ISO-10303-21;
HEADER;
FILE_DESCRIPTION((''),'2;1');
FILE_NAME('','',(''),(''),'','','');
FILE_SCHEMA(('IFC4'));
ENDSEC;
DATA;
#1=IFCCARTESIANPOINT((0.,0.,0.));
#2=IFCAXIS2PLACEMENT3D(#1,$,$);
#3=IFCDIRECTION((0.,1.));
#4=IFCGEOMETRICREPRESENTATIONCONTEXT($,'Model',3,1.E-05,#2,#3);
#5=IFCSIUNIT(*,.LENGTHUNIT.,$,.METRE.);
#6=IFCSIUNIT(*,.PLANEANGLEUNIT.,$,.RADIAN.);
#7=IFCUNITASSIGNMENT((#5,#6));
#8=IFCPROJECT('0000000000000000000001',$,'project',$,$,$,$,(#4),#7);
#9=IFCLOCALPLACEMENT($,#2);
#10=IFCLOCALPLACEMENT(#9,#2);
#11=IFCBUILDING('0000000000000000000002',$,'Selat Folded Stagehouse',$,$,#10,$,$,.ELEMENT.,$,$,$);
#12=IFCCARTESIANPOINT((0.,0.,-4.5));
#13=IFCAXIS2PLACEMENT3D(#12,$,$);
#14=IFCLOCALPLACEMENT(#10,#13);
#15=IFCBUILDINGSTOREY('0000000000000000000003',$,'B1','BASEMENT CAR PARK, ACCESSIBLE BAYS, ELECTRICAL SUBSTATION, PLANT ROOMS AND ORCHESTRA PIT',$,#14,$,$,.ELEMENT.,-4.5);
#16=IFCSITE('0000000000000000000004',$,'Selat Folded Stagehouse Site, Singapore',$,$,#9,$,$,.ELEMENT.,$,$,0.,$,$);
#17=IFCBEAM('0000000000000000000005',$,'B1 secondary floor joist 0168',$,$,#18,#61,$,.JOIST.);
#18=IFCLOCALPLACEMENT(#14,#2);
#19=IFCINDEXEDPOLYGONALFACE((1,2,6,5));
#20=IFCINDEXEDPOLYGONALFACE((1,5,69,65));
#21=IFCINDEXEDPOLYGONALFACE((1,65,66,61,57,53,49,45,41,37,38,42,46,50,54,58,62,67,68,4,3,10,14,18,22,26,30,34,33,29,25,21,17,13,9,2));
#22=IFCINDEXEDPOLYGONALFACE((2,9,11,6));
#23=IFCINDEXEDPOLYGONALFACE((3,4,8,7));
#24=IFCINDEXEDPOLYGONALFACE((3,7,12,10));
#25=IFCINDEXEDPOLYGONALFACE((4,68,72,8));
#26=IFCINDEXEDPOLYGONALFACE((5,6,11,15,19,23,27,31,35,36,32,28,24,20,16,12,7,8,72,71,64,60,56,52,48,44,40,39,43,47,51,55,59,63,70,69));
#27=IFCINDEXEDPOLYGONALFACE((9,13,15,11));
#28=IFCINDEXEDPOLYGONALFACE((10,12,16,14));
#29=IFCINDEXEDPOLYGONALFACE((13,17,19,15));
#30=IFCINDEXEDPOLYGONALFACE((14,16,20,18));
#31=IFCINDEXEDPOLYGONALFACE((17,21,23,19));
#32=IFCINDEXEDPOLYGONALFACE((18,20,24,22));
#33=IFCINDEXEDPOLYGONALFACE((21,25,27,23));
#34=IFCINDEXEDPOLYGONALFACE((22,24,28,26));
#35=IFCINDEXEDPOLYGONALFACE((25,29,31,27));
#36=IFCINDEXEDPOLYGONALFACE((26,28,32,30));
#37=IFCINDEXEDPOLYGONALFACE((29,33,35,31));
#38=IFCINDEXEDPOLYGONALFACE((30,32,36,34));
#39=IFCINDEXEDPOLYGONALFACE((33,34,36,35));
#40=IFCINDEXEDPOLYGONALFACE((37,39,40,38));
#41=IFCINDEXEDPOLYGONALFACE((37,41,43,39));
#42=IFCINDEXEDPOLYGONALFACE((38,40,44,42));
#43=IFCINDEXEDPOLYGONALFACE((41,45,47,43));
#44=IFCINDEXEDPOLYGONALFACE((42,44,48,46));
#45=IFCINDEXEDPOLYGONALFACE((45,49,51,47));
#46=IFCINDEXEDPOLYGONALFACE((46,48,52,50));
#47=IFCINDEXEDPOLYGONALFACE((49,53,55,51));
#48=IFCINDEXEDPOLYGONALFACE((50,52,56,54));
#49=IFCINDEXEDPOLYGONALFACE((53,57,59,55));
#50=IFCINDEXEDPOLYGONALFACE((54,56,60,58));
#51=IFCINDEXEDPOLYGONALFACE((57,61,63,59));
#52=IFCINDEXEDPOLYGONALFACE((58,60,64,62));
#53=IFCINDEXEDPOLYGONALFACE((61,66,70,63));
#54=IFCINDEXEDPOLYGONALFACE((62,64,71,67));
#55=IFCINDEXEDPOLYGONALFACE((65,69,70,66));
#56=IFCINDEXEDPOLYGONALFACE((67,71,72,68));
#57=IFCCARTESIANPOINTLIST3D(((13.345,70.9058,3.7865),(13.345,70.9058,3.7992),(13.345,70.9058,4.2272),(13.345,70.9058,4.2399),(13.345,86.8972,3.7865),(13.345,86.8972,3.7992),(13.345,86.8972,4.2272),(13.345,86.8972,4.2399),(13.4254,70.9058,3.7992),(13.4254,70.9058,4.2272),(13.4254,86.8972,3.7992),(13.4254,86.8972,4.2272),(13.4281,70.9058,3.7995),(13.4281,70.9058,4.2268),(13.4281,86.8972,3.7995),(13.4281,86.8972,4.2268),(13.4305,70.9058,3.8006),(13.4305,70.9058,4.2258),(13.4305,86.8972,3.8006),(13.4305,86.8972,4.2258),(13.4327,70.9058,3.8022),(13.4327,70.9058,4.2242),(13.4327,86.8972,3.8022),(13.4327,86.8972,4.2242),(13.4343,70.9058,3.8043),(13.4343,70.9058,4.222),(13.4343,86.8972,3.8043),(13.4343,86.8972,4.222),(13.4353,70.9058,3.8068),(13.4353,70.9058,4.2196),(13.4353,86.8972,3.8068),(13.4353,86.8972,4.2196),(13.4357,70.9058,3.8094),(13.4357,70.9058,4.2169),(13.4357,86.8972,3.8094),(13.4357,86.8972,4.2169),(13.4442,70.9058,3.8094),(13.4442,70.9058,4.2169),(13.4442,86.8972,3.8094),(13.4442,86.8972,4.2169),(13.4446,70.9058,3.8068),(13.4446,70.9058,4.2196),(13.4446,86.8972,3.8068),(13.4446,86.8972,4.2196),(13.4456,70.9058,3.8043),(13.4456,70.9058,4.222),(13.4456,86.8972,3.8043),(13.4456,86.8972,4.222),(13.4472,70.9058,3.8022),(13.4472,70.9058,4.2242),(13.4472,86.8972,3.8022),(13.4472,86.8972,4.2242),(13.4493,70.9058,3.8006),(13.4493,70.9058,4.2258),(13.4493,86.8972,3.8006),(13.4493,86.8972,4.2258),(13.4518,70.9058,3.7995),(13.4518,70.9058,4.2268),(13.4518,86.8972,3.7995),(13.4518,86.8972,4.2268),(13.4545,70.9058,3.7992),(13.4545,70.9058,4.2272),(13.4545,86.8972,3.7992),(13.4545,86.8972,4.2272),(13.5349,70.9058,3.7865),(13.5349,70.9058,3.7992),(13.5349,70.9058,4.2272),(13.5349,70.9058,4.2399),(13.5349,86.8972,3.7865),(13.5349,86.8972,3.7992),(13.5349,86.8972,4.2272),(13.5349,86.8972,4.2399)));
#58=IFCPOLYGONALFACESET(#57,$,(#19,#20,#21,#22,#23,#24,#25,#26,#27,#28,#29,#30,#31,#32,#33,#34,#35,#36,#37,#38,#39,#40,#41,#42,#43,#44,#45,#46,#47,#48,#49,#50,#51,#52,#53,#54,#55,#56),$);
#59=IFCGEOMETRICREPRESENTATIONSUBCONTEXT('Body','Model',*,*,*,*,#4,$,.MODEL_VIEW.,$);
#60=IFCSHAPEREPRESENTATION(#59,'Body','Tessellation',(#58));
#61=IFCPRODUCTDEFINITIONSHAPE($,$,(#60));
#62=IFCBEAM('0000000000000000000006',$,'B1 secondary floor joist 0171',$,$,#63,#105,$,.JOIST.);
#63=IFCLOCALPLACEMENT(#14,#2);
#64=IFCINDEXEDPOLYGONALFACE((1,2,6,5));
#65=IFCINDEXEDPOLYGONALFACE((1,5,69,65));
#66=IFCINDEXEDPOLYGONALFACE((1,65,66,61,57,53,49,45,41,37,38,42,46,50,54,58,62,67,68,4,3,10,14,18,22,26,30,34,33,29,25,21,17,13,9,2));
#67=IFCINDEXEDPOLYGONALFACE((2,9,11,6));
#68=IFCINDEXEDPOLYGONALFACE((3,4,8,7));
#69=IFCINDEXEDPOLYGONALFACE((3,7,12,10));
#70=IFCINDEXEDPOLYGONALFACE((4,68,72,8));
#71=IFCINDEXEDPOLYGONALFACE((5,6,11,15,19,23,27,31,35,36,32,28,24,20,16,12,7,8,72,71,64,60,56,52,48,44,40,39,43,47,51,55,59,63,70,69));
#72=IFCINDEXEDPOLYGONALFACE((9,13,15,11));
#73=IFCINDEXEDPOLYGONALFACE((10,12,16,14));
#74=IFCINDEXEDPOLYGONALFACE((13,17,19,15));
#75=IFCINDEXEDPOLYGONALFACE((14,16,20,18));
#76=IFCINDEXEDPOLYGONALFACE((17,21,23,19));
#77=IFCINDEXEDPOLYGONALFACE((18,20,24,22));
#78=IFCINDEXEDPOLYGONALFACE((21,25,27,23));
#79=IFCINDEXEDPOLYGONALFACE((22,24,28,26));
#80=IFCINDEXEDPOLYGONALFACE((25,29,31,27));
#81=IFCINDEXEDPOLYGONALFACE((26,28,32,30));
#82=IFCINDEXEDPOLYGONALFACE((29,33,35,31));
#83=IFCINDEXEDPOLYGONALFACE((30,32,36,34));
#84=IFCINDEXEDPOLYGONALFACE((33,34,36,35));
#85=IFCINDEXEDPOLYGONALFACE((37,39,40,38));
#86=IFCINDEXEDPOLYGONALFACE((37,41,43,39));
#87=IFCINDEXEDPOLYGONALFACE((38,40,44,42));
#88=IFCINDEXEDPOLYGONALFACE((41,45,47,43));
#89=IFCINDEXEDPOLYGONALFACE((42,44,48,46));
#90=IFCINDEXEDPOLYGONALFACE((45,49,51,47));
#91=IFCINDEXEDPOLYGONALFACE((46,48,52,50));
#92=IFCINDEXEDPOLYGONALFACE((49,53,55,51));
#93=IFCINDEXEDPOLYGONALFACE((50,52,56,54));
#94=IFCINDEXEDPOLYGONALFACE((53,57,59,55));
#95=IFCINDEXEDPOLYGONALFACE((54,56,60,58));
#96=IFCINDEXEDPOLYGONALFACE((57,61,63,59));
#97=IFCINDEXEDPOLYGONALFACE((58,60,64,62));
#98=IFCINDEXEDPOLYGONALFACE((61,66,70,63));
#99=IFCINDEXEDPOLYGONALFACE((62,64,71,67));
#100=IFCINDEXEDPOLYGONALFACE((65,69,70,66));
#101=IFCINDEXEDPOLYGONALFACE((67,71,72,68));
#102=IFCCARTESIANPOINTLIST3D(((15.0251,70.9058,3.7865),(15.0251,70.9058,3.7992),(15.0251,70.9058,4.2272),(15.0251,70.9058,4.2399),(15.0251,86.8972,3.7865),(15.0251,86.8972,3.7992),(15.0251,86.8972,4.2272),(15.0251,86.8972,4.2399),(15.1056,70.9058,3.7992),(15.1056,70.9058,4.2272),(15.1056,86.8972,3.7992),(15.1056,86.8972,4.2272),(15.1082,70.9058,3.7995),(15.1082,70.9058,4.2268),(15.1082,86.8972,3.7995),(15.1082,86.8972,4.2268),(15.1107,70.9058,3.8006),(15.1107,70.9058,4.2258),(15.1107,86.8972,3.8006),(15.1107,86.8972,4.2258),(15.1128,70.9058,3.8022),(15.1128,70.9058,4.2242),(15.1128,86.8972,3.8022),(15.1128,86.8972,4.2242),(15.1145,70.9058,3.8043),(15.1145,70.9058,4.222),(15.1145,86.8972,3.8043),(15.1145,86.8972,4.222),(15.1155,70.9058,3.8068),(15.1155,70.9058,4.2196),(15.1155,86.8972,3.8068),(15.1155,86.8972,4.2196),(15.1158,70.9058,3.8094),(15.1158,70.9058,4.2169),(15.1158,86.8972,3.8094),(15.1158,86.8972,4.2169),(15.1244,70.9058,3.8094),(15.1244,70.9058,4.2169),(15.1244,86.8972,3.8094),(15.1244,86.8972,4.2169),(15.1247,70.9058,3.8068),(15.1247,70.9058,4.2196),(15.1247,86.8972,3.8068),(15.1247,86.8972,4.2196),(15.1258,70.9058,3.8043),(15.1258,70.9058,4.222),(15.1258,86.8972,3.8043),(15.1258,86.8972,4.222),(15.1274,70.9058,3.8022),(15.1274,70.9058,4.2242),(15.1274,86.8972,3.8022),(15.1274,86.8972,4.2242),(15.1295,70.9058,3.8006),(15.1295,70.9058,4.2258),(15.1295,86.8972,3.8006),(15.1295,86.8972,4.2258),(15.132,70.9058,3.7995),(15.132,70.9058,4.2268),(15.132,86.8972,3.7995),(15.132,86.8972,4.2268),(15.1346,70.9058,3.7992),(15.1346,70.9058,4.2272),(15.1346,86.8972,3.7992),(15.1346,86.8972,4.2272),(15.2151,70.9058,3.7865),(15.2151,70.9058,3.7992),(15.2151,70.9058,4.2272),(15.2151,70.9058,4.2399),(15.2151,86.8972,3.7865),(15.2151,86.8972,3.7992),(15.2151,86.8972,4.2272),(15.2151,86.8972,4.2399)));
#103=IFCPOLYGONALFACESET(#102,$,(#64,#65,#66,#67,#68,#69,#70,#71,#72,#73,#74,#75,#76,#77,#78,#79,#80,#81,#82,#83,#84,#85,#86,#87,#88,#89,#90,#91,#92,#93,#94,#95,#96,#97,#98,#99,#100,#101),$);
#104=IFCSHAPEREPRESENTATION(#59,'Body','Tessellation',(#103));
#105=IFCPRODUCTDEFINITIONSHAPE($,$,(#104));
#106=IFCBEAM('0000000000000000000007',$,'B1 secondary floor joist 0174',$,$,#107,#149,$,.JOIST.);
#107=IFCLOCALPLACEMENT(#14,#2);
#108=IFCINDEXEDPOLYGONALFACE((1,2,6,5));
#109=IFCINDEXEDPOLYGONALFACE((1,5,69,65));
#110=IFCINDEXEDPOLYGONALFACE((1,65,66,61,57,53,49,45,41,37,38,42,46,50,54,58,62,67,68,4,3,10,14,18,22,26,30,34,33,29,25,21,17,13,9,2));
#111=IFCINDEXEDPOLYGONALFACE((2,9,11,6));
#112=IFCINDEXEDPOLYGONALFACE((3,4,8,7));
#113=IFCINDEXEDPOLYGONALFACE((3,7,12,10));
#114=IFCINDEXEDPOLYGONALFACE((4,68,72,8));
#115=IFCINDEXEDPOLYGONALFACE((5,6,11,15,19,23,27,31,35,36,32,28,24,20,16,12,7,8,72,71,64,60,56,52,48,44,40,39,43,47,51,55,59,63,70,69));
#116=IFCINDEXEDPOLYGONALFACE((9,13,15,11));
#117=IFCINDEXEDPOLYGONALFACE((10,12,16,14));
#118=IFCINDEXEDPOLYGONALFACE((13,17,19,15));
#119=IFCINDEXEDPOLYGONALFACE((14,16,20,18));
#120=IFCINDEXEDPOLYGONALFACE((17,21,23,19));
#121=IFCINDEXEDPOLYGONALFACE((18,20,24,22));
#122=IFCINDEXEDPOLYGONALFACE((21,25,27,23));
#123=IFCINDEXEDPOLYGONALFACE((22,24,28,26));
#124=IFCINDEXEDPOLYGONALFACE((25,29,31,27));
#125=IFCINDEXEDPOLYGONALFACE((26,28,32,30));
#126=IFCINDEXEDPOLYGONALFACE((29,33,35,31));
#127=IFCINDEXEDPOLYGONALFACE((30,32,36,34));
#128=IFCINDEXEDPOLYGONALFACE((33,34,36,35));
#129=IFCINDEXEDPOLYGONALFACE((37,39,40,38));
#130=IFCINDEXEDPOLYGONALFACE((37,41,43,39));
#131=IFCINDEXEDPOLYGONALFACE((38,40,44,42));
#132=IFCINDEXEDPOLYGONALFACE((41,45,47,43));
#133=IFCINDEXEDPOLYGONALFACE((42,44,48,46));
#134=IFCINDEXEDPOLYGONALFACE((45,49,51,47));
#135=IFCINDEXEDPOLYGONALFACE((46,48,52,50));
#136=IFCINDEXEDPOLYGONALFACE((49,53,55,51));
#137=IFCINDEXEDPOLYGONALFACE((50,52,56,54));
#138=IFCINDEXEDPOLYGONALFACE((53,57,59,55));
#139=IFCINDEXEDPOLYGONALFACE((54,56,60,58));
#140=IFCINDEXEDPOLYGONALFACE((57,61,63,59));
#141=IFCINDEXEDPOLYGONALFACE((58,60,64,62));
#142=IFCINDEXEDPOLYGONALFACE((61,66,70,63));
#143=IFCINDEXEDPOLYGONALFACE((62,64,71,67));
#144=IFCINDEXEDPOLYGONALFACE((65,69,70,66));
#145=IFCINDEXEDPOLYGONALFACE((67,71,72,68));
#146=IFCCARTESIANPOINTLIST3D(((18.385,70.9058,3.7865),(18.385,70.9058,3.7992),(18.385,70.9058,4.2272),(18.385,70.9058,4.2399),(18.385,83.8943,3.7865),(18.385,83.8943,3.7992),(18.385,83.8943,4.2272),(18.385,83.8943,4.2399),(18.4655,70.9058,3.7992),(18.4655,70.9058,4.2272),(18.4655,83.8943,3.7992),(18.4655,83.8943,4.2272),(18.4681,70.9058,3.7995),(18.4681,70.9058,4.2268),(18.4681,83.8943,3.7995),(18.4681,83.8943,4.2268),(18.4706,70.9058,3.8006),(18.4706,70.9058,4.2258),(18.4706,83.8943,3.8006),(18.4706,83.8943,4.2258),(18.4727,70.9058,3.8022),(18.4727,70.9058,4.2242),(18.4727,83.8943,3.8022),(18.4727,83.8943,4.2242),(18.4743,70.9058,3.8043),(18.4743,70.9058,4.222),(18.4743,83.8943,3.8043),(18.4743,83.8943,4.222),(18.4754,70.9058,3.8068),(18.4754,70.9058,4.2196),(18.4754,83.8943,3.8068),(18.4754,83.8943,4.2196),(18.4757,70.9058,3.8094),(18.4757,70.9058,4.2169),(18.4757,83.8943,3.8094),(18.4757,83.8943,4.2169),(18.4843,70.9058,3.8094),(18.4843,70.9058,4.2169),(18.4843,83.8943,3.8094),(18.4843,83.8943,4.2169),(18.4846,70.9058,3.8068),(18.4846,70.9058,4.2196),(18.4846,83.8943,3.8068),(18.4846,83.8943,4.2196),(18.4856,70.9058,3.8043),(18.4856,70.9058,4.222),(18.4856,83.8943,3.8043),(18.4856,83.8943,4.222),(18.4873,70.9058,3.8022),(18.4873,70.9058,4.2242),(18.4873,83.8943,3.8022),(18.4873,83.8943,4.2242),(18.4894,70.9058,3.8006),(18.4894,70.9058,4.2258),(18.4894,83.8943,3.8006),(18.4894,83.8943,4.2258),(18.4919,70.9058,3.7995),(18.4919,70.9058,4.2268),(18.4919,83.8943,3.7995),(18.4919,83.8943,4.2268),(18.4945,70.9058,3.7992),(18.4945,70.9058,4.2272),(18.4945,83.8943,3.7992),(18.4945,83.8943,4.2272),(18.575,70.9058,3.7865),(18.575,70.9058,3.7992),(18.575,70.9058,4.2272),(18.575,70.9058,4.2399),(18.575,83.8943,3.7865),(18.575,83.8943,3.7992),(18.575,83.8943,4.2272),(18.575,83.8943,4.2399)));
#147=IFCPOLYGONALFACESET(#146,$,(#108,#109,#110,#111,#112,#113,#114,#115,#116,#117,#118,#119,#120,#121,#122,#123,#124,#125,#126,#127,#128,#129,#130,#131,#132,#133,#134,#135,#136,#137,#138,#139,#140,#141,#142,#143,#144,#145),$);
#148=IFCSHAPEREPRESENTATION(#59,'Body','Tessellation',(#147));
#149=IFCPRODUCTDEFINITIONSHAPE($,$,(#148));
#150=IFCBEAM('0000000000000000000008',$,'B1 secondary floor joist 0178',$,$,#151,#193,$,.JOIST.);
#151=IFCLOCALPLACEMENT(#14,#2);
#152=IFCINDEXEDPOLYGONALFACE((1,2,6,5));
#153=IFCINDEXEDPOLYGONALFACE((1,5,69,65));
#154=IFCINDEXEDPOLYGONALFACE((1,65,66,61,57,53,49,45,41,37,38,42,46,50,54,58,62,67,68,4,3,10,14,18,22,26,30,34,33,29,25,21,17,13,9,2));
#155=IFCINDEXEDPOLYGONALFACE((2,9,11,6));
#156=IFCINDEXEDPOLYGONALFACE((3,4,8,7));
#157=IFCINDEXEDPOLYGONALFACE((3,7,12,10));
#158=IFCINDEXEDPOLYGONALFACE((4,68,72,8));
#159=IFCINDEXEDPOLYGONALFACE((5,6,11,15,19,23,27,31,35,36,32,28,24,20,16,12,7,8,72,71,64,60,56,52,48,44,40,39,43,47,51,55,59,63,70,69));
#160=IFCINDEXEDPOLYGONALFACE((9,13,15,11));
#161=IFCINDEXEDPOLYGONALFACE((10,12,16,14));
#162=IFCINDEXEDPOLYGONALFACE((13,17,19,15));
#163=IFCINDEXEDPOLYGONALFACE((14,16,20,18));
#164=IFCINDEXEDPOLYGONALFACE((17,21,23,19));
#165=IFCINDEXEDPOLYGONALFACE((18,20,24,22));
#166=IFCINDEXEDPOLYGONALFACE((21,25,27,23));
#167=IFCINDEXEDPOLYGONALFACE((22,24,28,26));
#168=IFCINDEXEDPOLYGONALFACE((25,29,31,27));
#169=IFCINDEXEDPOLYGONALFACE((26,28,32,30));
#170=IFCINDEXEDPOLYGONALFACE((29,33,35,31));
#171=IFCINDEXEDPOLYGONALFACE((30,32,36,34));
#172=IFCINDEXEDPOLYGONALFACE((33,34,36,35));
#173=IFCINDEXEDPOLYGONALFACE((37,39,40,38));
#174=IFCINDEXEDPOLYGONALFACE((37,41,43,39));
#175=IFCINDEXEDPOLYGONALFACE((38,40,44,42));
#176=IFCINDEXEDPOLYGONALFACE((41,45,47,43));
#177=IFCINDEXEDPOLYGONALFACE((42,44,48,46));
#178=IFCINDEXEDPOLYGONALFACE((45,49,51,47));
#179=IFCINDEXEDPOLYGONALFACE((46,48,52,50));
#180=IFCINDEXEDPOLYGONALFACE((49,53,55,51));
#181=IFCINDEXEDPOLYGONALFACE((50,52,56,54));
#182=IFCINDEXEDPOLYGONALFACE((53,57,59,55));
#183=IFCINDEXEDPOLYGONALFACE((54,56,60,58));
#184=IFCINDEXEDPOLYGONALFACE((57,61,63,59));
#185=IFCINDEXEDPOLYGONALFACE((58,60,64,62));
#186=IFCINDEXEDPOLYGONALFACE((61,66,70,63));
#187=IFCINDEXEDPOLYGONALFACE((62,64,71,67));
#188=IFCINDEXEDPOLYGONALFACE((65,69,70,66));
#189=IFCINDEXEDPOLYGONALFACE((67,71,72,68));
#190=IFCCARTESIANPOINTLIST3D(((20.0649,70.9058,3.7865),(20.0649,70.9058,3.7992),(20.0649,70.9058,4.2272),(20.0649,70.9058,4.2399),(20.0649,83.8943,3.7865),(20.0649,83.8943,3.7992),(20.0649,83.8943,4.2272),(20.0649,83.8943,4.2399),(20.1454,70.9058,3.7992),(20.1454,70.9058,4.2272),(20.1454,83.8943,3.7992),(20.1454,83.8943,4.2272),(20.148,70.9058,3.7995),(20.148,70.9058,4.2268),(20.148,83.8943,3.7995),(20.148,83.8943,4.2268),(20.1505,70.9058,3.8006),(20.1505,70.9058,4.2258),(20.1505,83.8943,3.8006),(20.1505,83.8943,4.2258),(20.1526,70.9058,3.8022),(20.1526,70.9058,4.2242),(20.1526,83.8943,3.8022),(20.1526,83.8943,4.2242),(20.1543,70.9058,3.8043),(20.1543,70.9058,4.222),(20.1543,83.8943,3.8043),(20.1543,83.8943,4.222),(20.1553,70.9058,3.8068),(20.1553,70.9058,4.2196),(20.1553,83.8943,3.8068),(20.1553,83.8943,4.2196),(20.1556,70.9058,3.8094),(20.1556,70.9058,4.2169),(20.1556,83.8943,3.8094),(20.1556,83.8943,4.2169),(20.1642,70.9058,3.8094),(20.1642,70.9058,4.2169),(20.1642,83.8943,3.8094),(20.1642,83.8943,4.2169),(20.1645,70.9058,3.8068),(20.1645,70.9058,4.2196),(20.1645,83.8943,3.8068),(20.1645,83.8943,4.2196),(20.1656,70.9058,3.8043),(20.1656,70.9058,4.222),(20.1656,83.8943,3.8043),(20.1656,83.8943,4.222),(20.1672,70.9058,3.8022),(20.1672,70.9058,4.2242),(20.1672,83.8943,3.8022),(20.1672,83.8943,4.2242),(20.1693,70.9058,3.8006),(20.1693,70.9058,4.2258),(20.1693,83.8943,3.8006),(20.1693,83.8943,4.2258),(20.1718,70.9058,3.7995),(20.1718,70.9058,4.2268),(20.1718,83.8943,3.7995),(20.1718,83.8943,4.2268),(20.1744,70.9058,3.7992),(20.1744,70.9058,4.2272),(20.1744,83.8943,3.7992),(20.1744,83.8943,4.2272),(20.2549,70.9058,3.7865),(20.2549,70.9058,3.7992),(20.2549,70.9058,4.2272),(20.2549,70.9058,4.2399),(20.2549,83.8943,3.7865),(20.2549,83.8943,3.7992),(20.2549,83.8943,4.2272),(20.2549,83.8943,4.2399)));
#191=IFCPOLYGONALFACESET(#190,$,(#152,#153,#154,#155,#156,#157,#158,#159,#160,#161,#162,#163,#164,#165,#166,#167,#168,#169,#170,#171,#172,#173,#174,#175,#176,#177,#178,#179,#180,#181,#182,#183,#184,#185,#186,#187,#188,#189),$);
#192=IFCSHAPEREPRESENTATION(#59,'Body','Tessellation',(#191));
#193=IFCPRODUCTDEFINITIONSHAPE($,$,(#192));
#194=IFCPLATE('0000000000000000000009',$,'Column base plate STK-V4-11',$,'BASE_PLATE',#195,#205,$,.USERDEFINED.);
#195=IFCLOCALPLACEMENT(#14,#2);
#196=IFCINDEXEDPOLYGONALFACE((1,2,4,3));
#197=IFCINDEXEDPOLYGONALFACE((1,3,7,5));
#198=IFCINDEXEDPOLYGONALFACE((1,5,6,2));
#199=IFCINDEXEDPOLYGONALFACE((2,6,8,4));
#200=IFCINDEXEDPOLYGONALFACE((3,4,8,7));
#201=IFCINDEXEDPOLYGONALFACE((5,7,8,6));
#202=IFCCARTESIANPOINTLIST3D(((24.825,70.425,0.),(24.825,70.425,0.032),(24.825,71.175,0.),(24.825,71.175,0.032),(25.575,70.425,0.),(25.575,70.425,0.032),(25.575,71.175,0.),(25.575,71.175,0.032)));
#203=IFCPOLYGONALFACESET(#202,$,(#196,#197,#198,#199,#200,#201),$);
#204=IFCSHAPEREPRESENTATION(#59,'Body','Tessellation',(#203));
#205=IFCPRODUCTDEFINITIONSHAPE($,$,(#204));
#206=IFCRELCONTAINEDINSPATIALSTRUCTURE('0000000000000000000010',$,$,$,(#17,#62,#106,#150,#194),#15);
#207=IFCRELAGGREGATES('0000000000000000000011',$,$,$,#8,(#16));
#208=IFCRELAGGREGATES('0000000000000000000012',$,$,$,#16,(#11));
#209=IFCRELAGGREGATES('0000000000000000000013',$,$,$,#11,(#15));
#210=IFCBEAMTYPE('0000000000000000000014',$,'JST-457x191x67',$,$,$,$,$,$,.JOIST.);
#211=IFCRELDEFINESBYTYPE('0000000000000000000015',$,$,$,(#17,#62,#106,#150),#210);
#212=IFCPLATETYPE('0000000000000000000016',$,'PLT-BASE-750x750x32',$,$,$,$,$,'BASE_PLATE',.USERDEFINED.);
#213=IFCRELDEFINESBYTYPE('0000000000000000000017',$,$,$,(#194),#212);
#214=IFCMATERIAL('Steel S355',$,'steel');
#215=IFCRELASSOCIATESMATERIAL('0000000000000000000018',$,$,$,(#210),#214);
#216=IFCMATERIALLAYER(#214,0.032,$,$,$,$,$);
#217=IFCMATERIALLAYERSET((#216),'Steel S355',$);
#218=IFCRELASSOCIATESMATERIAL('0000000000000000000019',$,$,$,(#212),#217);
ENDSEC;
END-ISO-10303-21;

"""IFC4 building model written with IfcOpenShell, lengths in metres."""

from ifc_helpers import new_model, si_unit, direction, frame, origin, origin_2d, place, context, subcontext, project, spatial, rectangle, i_section, extrude, material, layer, layer_set, material_profile, profile_set, type_object, element, save


model = new_model("IFC4")

# Units and contexts
model_context = context("Model", 3, precision=1e-05, world=origin(), true_north=direction((0.0, 1.0)))
body_context = subcontext(model_context, "Body", "Model", "MODEL_VIEW")
ifc_project = project(units=[si_unit("LENGTHUNIT", "METRE"), si_unit("PLANEANGLEUNIT", "RADIAN")], contexts=[model_context])

# Site, building, storey
site_placement = place(None, origin())
site = spatial("IfcSite", under=ifc_project, at=site_placement, Name="Selat Folded Stagehouse Site, Singapore", CompositionType="ELEMENT", RefElevation=0.0)
building_placement = place(site_placement, origin())
building = spatial("IfcBuilding", under=site, at=building_placement, Name="Selat Folded Stagehouse", CompositionType="ELEMENT")
storey_placement = place(building_placement, frame((0.0, 0.0, -4.5)))
storey = spatial("IfcBuildingStorey", under=building, at=storey_placement, Name="B1", Description="BASEMENT CAR PARK, ACCESSIBLE BAYS, ELECTRICAL SUBSTATION, PLANT ROOMS AND ORCHESTRA PIT", CompositionType="ELEMENT", Elevation=-4.5)

# Shared definitions
ifc_material_1 = material(Name="Steel S355", Category="steel")

# Beams
ifc_material_profile_1 = material_profile(ifc_material_1, i_section(OverallWidth=0.1899, OverallDepth=0.4534, WebThickness=0.0085, FlangeThickness=0.0127, FilletRadius=0.0103, at=origin_2d()), Name="UKB 457x191x67")
ifc_profile_set_1 = profile_set([ifc_material_profile_1], Name="Steel S355")
beam_type_1 = type_object("IfcBeamType", Name="JST-457x191x67", PredefinedType="JOIST", material=ifc_profile_set_1)
for number, where, z_axis, x_axis, name in (
    (1, (13.4399, 70.9058, 4.0132), (0.0, 1.0, 0.0), (-1.0, 0.0, 0.0), "B1 secondary floor joist 0168"),
    (2, (15.1201, 70.9058, 4.0132), (0.0, 1.0, 0.0), (-1.0, 0.0, 0.0), "B1 secondary floor joist 0171"),
):
    element("IfcBeam", number, at=place(storey_placement, frame(where, z_axis=z_axis, x_axis=x_axis)), inside=storey, type_object=beam_type_1, Name=name, PredefinedType="JOIST", context=body_context, shape_type="SweptSolid", body=[
        extrude(i_section(OverallWidth=0.1899, OverallDepth=0.4534, WebThickness=0.0085, FlangeThickness=0.0127, FilletRadius=0.0103, at=origin_2d()), origin(), (0.0, 0.0, 1.0), 15.9915),
    ])
for number, where, z_axis, x_axis, name in (
    (3, (18.48, 70.9058, 4.0132), (0.0, 1.0, 0.0), (-1.0, 0.0, 0.0), "B1 secondary floor joist 0174"),
    (4, (20.1599, 70.9058, 4.0132), (0.0, 1.0, 0.0), (-1.0, 0.0, 0.0), "B1 secondary floor joist 0178"),
):
    element("IfcBeam", number, at=place(storey_placement, frame(where, z_axis=z_axis, x_axis=x_axis)), inside=storey, type_object=beam_type_1, Name=name, PredefinedType="JOIST", context=body_context, shape_type="SweptSolid", body=[
        extrude(i_section(OverallWidth=0.1899, OverallDepth=0.4534, WebThickness=0.0085, FlangeThickness=0.0127, FilletRadius=0.0103, at=origin_2d()), origin(), (0.0, 0.0, 1.0), 12.9885),
    ])

# Plate
ifc_layer_1 = layer(ifc_material_1, 0.032)
ifc_layer_set_1 = layer_set([ifc_layer_1], Name="Steel S355")
plate_type = type_object("IfcPlateType", Name="PLT-BASE-750x750x32", ElementType="BASE_PLATE", PredefinedType="USERDEFINED", material=ifc_layer_set_1)
plate_placement = place(storey_placement, frame((25.2, 70.8, 0.0), z_axis=(0.0, 0.0, 1.0), x_axis=(1.0, 0.0, 0.0)))
element("IfcPlate", 5, at=plate_placement, inside=storey, type_object=plate_type, Name="Column base plate STK-V4-11", ObjectType="BASE_PLATE", PredefinedType="USERDEFINED", context=body_context, shape_type="SweptSolid", body=[
    extrude(rectangle(XDim=0.75, YDim=0.75, at=origin_2d()), origin(), (0.0, 0.0, 1.0), 0.032),
])

save(model, "model.ifc")
